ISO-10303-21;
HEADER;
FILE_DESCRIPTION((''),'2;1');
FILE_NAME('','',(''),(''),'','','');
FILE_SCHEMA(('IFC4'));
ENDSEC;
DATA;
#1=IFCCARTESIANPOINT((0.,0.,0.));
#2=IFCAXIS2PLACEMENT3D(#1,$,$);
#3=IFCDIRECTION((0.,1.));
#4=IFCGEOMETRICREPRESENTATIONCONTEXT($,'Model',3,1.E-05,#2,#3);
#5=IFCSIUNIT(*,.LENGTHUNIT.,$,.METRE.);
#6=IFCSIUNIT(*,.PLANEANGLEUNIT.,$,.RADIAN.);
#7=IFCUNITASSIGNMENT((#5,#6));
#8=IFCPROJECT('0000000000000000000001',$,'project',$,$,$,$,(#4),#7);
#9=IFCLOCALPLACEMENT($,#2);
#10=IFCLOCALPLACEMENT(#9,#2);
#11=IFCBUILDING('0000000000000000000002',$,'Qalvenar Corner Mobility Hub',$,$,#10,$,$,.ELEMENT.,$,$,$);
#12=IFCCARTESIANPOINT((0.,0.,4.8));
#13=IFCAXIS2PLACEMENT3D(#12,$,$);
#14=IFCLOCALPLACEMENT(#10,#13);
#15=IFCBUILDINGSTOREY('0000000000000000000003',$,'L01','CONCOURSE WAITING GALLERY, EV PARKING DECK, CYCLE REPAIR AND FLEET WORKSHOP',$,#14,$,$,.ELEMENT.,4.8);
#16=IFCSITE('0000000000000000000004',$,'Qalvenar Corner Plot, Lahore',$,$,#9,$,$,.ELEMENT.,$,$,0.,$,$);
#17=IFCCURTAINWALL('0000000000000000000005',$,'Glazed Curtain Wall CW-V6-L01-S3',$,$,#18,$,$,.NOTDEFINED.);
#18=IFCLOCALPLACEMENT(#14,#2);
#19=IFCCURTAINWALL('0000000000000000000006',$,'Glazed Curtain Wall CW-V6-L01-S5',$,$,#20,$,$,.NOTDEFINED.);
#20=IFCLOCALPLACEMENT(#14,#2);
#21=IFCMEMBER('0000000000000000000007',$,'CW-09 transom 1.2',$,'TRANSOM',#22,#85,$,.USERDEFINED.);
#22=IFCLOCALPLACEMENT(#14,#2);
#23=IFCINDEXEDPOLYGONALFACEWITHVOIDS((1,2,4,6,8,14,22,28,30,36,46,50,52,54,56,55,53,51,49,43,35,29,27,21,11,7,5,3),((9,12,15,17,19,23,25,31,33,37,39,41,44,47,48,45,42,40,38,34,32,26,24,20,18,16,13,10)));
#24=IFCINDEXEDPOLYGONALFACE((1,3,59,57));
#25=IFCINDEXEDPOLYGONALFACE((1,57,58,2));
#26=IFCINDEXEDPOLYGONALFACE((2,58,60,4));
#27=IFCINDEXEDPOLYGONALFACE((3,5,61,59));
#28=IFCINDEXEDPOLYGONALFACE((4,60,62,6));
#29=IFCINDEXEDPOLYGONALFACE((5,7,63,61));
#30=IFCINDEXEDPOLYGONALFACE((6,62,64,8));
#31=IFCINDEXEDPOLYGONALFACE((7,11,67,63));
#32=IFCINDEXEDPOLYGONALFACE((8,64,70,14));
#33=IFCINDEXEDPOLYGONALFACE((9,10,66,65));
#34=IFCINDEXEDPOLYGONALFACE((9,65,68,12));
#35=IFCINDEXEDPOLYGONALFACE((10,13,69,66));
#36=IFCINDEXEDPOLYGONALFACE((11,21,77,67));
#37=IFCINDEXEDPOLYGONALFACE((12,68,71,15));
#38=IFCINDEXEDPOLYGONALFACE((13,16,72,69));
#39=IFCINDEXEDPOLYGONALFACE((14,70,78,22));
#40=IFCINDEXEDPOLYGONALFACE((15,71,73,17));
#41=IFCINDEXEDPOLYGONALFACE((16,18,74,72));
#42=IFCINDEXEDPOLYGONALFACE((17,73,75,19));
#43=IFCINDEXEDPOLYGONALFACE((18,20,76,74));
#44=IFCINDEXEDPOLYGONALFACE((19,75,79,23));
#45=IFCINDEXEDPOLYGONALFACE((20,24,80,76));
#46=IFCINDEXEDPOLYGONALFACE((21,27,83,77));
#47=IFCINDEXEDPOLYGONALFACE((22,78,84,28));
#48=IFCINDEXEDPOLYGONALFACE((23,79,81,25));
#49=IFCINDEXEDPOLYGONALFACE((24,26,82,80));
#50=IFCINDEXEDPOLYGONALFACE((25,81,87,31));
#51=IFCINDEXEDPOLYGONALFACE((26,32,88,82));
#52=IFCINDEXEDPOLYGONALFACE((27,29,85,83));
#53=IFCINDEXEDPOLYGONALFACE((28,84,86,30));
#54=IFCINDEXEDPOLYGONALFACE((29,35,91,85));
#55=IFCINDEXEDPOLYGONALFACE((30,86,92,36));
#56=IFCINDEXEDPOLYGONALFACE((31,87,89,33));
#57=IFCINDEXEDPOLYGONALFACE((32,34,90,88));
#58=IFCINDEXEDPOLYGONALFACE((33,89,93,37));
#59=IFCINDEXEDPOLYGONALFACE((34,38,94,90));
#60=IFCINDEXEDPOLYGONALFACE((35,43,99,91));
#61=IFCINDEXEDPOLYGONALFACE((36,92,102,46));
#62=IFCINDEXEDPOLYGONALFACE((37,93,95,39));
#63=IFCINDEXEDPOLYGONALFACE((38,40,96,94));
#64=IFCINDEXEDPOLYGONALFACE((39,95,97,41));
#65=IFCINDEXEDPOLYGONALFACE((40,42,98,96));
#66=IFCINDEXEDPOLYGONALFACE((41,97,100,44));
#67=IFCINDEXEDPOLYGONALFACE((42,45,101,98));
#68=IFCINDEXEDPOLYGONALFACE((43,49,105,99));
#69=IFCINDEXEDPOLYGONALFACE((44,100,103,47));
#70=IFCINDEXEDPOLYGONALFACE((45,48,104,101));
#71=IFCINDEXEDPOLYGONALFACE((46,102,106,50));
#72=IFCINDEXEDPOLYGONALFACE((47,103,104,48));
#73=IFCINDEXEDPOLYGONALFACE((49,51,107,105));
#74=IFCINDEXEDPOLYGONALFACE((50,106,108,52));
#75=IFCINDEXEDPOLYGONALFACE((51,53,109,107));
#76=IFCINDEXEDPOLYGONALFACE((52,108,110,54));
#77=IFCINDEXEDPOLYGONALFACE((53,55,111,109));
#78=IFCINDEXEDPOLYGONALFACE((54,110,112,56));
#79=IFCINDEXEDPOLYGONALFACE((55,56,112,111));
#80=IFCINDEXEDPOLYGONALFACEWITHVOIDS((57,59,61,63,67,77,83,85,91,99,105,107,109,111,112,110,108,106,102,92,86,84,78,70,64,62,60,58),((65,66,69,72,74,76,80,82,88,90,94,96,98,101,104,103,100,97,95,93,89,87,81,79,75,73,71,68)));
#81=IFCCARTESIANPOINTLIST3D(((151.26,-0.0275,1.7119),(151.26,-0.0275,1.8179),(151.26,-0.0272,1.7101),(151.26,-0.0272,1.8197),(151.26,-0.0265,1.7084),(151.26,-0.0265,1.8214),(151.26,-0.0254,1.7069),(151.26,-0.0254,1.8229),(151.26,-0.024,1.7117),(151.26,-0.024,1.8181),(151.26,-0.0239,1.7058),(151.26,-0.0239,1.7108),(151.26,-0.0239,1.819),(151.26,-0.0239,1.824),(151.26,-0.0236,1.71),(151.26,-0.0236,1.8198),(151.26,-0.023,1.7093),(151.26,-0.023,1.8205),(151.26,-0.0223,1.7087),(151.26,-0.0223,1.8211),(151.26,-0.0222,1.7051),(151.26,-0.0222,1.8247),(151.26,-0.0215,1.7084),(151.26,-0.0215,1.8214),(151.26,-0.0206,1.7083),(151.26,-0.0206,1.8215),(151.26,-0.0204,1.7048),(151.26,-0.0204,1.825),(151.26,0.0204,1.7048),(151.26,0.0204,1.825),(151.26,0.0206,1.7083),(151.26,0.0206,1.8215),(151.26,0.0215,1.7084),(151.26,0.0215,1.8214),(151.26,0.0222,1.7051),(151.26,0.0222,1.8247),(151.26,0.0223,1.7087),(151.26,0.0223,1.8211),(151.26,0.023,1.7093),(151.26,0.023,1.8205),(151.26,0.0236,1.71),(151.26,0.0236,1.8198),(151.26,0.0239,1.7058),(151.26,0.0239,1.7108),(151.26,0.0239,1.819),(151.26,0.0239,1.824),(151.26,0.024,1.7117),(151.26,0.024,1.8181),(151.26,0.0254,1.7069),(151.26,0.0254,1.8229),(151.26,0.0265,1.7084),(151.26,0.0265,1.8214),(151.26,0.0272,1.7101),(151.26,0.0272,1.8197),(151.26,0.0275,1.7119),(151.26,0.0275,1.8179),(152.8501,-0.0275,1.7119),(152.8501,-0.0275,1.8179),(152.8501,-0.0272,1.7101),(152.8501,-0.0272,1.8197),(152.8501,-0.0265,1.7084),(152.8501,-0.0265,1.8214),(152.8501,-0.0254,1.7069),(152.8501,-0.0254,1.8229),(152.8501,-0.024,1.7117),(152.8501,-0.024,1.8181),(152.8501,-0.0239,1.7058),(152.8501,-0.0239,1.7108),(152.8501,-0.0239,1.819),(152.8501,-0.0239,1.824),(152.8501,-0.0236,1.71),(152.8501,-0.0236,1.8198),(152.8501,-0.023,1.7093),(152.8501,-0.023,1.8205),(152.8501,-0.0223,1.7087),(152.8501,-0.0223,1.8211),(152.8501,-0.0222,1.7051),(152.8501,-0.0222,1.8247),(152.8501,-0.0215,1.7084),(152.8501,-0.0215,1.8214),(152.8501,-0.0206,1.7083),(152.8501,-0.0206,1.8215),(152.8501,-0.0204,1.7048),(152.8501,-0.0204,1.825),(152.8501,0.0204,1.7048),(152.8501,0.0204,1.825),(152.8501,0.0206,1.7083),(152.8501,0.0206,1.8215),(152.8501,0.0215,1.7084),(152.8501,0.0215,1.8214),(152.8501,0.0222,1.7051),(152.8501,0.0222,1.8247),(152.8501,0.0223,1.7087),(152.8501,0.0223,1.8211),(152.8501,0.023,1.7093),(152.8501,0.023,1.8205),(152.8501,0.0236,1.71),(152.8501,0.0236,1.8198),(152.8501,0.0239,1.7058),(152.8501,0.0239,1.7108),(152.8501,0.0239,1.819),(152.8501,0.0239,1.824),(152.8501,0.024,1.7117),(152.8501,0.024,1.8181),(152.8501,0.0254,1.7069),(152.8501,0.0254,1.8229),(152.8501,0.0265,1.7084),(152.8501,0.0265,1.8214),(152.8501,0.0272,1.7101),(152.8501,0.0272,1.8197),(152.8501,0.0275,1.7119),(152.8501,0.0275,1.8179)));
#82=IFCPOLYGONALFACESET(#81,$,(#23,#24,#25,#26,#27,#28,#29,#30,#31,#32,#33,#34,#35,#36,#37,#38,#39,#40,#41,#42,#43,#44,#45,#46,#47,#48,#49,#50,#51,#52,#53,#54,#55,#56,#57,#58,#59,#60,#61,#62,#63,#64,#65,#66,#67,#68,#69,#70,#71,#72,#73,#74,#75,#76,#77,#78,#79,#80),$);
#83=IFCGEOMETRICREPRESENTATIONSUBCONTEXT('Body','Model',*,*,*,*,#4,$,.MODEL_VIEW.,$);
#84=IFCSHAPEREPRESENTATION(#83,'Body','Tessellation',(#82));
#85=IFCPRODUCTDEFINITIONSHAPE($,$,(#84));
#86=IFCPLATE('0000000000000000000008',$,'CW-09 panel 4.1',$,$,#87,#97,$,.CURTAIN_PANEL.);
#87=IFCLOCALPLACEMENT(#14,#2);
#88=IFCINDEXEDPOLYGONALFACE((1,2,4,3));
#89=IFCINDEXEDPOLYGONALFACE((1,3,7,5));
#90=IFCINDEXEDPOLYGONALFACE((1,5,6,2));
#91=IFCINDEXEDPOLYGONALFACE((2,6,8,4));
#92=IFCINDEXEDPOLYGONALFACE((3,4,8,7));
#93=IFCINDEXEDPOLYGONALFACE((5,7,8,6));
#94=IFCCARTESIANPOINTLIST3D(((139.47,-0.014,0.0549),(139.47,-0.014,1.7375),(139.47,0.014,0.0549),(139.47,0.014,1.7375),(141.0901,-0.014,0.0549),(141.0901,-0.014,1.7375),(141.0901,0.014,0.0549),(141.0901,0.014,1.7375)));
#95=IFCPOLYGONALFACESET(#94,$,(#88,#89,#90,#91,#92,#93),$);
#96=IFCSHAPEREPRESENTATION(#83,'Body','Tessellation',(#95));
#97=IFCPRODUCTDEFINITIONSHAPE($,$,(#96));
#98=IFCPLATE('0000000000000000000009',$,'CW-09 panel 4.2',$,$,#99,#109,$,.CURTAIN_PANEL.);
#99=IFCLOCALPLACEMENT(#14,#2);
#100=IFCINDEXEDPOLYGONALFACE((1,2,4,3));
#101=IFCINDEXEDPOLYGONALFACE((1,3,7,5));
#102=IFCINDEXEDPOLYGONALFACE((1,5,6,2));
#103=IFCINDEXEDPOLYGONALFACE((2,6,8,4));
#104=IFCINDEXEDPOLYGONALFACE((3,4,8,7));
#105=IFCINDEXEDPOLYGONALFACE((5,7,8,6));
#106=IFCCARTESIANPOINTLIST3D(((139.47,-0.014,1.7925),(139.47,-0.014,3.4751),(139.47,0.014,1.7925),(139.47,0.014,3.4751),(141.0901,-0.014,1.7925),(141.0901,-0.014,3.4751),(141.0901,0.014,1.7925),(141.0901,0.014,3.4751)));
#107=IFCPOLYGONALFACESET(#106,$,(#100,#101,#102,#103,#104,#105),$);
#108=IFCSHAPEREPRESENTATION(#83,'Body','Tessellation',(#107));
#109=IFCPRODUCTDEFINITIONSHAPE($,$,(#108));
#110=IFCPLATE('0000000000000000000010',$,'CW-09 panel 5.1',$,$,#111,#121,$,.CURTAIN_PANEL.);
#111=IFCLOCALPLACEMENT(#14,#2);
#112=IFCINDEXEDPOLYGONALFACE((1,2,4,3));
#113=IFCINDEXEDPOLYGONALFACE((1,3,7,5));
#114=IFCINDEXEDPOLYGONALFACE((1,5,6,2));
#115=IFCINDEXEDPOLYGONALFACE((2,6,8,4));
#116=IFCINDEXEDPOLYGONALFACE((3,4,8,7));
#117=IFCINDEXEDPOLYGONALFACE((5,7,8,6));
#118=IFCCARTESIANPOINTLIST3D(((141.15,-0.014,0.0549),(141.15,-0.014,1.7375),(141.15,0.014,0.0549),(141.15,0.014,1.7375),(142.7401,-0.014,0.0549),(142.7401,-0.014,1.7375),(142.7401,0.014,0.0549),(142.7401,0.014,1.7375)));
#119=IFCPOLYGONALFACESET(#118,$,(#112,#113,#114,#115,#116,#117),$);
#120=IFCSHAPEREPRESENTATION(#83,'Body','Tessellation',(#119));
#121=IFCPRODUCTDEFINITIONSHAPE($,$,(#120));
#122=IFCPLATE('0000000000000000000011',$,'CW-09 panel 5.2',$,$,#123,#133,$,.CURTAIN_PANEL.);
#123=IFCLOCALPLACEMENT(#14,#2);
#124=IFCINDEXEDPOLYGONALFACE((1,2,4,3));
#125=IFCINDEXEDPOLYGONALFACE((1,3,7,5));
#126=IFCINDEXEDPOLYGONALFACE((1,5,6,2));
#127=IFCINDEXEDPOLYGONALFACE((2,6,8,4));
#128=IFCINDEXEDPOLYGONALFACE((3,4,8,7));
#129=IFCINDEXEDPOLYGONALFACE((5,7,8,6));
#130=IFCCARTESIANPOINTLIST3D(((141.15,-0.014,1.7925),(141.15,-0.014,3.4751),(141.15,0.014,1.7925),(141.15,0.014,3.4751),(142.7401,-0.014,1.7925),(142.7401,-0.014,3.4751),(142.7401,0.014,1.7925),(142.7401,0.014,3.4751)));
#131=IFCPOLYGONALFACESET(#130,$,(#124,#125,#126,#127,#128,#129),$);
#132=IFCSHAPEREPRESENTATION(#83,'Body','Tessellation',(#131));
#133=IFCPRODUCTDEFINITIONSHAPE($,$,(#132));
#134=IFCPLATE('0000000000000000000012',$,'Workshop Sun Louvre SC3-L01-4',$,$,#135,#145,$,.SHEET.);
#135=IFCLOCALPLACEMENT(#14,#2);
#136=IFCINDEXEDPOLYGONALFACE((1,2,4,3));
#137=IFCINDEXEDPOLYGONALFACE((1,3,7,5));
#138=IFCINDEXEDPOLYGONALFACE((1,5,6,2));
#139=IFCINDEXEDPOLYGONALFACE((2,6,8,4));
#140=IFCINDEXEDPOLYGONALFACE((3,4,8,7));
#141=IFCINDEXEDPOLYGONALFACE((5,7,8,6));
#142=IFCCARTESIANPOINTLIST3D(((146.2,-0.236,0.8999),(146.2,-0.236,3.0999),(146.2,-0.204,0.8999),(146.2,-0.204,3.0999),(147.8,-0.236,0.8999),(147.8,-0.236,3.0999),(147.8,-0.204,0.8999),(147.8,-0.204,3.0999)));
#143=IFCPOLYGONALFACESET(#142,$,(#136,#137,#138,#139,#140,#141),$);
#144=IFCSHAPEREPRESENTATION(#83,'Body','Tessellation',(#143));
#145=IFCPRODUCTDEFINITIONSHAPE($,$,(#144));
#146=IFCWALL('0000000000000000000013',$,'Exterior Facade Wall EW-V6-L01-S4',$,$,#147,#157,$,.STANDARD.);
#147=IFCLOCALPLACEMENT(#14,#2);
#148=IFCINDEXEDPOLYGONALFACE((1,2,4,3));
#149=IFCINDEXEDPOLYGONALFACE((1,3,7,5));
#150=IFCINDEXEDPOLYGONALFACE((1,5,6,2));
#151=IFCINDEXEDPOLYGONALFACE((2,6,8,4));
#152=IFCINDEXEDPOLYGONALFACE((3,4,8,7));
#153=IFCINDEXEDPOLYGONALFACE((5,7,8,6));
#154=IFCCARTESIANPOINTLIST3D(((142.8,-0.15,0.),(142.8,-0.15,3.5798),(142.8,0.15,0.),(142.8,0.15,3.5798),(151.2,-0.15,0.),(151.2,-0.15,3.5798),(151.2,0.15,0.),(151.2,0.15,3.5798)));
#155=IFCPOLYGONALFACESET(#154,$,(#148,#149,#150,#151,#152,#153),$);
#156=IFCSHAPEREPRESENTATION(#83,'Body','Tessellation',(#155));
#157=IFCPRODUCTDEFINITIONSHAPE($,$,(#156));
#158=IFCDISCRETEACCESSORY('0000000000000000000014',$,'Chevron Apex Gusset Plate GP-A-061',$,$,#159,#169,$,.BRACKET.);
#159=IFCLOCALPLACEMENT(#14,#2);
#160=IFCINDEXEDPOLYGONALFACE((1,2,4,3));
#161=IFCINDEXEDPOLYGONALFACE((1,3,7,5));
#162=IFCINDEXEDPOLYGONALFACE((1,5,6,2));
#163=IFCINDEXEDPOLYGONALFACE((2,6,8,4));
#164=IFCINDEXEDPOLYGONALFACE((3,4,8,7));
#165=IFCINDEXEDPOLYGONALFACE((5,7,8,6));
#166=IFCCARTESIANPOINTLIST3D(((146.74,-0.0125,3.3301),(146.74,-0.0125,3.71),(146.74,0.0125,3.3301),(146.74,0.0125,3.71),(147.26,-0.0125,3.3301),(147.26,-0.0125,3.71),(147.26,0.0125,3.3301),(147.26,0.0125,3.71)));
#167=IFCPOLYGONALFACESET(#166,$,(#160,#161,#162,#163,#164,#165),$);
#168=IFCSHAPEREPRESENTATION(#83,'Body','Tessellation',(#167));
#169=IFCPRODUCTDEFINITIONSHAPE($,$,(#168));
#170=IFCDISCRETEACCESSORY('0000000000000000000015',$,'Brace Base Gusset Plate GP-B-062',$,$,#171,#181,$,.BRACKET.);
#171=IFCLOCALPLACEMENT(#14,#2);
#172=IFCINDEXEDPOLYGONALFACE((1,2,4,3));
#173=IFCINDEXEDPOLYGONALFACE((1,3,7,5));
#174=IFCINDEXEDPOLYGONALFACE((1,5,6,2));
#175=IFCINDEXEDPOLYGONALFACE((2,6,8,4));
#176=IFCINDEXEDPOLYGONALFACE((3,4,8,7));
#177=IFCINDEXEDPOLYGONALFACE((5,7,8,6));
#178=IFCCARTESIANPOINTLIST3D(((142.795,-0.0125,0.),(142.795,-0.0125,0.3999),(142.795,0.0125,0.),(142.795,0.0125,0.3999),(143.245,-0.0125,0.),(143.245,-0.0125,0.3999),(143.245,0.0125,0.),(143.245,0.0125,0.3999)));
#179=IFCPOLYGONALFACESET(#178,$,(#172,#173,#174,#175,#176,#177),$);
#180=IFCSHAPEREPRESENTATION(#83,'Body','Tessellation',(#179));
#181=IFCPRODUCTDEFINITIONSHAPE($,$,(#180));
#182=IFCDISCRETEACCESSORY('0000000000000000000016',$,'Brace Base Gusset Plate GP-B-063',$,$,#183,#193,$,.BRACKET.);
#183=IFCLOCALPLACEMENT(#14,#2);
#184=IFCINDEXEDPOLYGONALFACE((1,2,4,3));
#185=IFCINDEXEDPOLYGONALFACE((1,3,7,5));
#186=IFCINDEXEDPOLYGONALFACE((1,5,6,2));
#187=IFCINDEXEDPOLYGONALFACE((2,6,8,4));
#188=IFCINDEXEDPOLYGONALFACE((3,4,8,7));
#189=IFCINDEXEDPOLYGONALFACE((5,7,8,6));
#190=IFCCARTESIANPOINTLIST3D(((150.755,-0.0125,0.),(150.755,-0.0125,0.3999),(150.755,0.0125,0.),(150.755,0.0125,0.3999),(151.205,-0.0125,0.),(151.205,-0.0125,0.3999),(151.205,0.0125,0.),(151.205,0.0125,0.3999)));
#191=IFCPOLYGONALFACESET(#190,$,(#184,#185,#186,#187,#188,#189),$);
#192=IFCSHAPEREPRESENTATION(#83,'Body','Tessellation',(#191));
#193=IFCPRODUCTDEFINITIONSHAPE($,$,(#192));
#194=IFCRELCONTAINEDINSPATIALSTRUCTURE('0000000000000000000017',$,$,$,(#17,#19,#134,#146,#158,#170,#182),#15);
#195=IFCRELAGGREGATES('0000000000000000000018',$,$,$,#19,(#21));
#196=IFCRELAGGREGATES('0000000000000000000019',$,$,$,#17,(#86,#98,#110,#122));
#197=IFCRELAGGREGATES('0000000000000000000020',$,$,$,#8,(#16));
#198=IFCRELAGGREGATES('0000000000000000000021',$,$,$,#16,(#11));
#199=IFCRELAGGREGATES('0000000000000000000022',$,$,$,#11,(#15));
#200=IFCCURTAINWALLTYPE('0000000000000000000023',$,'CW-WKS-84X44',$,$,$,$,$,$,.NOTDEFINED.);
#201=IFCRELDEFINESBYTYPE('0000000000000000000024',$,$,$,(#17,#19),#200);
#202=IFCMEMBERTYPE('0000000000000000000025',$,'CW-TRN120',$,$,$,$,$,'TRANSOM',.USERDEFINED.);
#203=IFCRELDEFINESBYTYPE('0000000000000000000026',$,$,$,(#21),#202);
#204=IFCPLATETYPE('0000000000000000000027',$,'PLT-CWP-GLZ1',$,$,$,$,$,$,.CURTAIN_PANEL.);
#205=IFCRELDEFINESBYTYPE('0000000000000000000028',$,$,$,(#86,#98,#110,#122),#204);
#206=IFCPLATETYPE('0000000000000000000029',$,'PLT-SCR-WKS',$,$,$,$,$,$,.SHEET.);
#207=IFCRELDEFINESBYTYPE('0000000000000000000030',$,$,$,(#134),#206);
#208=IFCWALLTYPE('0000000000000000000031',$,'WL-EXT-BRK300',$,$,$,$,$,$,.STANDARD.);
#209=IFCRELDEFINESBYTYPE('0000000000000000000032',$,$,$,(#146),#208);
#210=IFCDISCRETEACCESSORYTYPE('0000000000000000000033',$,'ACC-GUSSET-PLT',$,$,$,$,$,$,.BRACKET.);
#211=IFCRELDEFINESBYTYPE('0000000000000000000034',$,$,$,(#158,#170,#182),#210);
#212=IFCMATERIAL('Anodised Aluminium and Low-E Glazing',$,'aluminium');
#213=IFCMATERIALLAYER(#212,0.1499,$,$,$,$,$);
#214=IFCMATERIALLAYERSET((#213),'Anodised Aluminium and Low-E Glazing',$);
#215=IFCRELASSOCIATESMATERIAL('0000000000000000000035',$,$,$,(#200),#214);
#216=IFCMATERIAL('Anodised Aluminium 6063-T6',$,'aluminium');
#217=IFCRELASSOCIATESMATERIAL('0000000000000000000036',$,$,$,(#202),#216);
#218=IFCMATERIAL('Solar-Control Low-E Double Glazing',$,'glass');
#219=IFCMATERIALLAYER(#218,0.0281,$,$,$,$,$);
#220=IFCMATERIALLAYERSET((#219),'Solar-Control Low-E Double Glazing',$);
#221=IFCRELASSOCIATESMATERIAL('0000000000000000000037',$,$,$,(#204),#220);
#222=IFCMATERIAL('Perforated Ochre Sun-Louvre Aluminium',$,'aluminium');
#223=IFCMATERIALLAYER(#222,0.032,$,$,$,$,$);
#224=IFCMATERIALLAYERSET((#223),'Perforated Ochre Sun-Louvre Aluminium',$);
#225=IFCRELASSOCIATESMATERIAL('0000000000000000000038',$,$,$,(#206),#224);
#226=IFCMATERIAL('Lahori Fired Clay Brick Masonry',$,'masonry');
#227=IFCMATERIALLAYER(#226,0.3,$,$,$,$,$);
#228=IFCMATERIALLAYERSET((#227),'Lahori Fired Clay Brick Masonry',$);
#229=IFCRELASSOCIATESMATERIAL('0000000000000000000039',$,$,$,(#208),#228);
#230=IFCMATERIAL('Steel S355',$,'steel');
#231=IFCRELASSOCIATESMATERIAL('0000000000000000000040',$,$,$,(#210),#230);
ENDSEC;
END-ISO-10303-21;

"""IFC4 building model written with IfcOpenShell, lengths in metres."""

from ifc_helpers import new_model, si_unit, direction, frame, frame_2d, origin, origin_2d, place, context, subcontext, project, spatial, rectangle, hollow_rectangle, extrude, material, layer, layer_set, material_profile, profile_set, type_object, element, aggregate, save


model = new_model("IFC4")

# Units and contexts
model_context = context("Model", 3, precision=1e-05, world=origin(), true_north=direction((0.0, 1.0)))
body_context = subcontext(model_context, "Body", "Model", "MODEL_VIEW")
ifc_project = project(units=[si_unit("LENGTHUNIT", "METRE"), si_unit("PLANEANGLEUNIT", "RADIAN")], contexts=[model_context])

# Site, building, storey
site_placement = place(None, origin())
site = spatial("IfcSite", under=ifc_project, at=site_placement, Name="Qalvenar Corner Plot, Lahore", CompositionType="ELEMENT", RefElevation=0.0)
building_placement = place(site_placement, origin())
building = spatial("IfcBuilding", under=site, at=building_placement, Name="Qalvenar Corner Mobility Hub", CompositionType="ELEMENT")
storey_placement = place(building_placement, frame((0.0, 0.0, 4.8)))
storey = spatial("IfcBuildingStorey", under=building, at=storey_placement, Name="L01", Description="CONCOURSE WAITING GALLERY, EV PARKING DECK, CYCLE REPAIR AND FLEET WORKSHOP", CompositionType="ELEMENT", Elevation=4.8)

# Shared definitions
ifc_material_1 = material(Name="Steel S355", Category="steel")

# Curtain wall
ifc_material_2 = material(Name="Anodised Aluminium and Low-E Glazing", Category="aluminium")
ifc_layer_1 = layer(ifc_material_2, 0.1499)
ifc_layer_set_1 = layer_set([ifc_layer_1], Name="Anodised Aluminium and Low-E Glazing")
curtain_wall_type = type_object("IfcCurtainWallType", Name="CW-WKS-84X44", PredefinedType="NOTDEFINED", material=ifc_layer_set_1)
curtain_wall_1_placement = place(storey_placement, origin())
curtain_wall_1 = element("IfcCurtainWall", 1, at=curtain_wall_1_placement, inside=storey, type_object=curtain_wall_type, Name="Glazed Curtain Wall CW-V6-L01-S3", PredefinedType="NOTDEFINED")
ifc_material_3 = material(Name="Anodised Aluminium 6063-T6", Category="aluminium")

# Curtain wall
curtain_wall_2_placement = place(storey_placement, origin())
curtain_wall_2 = element("IfcCurtainWall", 2, at=curtain_wall_2_placement, inside=storey, type_object=curtain_wall_type, Name="Glazed Curtain Wall CW-V6-L01-S5", PredefinedType="NOTDEFINED")

# Member
ifc_material_profile_1 = material_profile(ifc_material_3, hollow_rectangle(XDim=0.0549, YDim=0.1201, WallThickness=0.0034, InnerFilletRadius=0.0034, OuterFilletRadius=0.0071, at=origin_2d()), Name="RHS120x55x3.5")
ifc_profile_set_1 = profile_set([ifc_material_profile_1], Name="Anodised Aluminium 6063-T6")
member_type_1 = type_object("IfcMemberType", Name="CW-TRN120", ElementType="TRANSOM", PredefinedType="USERDEFINED", material=ifc_profile_set_1)
member_1_placement = place(storey_placement, frame((151.26, 0.0, 1.7649), z_axis=(1.0, 0.0, 0.0), x_axis=(0.0, 1.0, 0.0)))
member_1 = element("IfcMember", 3, at=member_1_placement, type_object=member_type_1, Name="CW-09 transom 1.2", ObjectType="TRANSOM", PredefinedType="USERDEFINED", context=body_context, shape_type="SweptSolid", body=[
    extrude(hollow_rectangle(XDim=0.0549, YDim=0.1201, WallThickness=0.0034, InnerFilletRadius=0.0034, OuterFilletRadius=0.0071, at=origin_2d()), origin(), (0.0, 0.0, 1.0), 1.5901),
])
aggregate(curtain_wall_2, [member_1])

# Plates
ifc_material_4 = material(Name="Solar-Control Low-E Double Glazing", Category="glass")
ifc_layer_2 = layer(ifc_material_4, 0.0281)
ifc_layer_set_2 = layer_set([ifc_layer_2], Name="Solar-Control Low-E Double Glazing")
plate_type_1 = type_object("IfcPlateType", Name="PLT-CWP-GLZ1", PredefinedType="CURTAIN_PANEL", material=ifc_layer_set_2)
plate_1_placement = place(storey_placement, frame((140.28, 0.0, 0.0549), z_axis=(0.0, 0.0, 1.0), x_axis=(1.0, 0.0, 0.0)))
plate_1 = element("IfcPlate", 4, at=plate_1_placement, type_object=plate_type_1, Name="CW-09 panel 4.1", PredefinedType="CURTAIN_PANEL", context=body_context, shape_type="SweptSolid", body=[
    extrude(rectangle(XDim=1.6201, YDim=0.0281, at=origin_2d()), origin(), (0.0, 0.0, 1.0), 1.6826),
])
plate_2_placement = place(storey_placement, frame((140.28, 0.0, 1.7925), z_axis=(0.0, 0.0, 1.0), x_axis=(1.0, 0.0, 0.0)))
plate_2 = element("IfcPlate", 5, at=plate_2_placement, type_object=plate_type_1, Name="CW-09 panel 4.2", PredefinedType="CURTAIN_PANEL", context=body_context, shape_type="SweptSolid", body=[
    extrude(rectangle(XDim=1.6201, YDim=0.0281, at=origin_2d()), origin(), (0.0, 0.0, 1.0), 1.6826),
])
plate_3_placement = place(storey_placement, frame((141.9451, 0.0, 0.0549), z_axis=(0.0, 0.0, 1.0), x_axis=(1.0, 0.0, 0.0)))
plate_3 = element("IfcPlate", 6, at=plate_3_placement, type_object=plate_type_1, Name="CW-09 panel 5.1", PredefinedType="CURTAIN_PANEL", context=body_context, shape_type="SweptSolid", body=[
    extrude(rectangle(XDim=1.5901, YDim=0.0281, at=origin_2d()), origin(), (0.0, 0.0, 1.0), 1.6826),
])
plate_4_placement = place(storey_placement, frame((141.9451, 0.0, 1.7925), z_axis=(0.0, 0.0, 1.0), x_axis=(1.0, 0.0, 0.0)))
plate_4 = element("IfcPlate", 7, at=plate_4_placement, type_object=plate_type_1, Name="CW-09 panel 5.2", PredefinedType="CURTAIN_PANEL", context=body_context, shape_type="SweptSolid", body=[
    extrude(rectangle(XDim=1.5901, YDim=0.0281, at=origin_2d()), origin(), (0.0, 0.0, 1.0), 1.6826),
])
aggregate(curtain_wall_1, [plate_1, plate_2, plate_3, plate_4])
ifc_material_5 = material(Name="Perforated Ochre Sun-Louvre Aluminium", Category="aluminium")
ifc_layer_3 = layer(ifc_material_5, 0.032)
ifc_layer_set_3 = layer_set([ifc_layer_3], Name="Perforated Ochre Sun-Louvre Aluminium")
plate_type_2 = type_object("IfcPlateType", Name="PLT-SCR-WKS", PredefinedType="SHEET", material=ifc_layer_set_3)
plate_5_placement = place(storey_placement, frame((147.0, -0.22, 0.8999), z_axis=(0.0, 0.0, 1.0), x_axis=(1.0, 0.0, 0.0)))
element("IfcPlate", 8, at=plate_5_placement, inside=storey, type_object=plate_type_2, Name="Workshop Sun Louvre SC3-L01-4", PredefinedType="SHEET", context=body_context, shape_type="SweptSolid", body=[
    extrude(rectangle(XDim=1.6001, YDim=0.032, at=origin_2d()), origin(), (0.0, 0.0, 1.0), 2.2),
])

# Wall
ifc_material_6 = material(Name="Lahori Fired Clay Brick Masonry", Category="masonry")
ifc_layer_4 = layer(ifc_material_6, 0.3)
ifc_layer_set_4 = layer_set([ifc_layer_4], Name="Lahori Fired Clay Brick Masonry")
wall_type = type_object("IfcWallType", Name="WL-EXT-BRK300", PredefinedType="STANDARD", material=ifc_layer_set_4)
wall_placement = place(storey_placement, frame((142.8, 0.0, 0.0), z_axis=(0.0, 0.0, 1.0), x_axis=(1.0, 0.0, 0.0)))
element("IfcWall", 9, at=wall_placement, inside=storey, type_object=wall_type, Name="Exterior Facade Wall EW-V6-L01-S4", PredefinedType="STANDARD", context=body_context, shape_type="SweptSolid", body=[
    extrude(rectangle(XDim=8.3999, YDim=0.3, at=frame_2d((4.2, 0.0))), origin(), (0.0, 0.0, 1.0), 3.5798),
])

# Discrete accessories
discrete_accessory_type_1 = type_object("IfcDiscreteAccessoryType", Name="ACC-GUSSET-PLT", PredefinedType="BRACKET", material=ifc_material_1)
discrete_accessory_1_placement = place(storey_placement, frame((147.0, 0.0, 3.3301), z_axis=(0.0, 0.0, 1.0), x_axis=(1.0, 0.0, 0.0)))
element("IfcDiscreteAccessory", 10, at=discrete_accessory_1_placement, inside=storey, type_object=discrete_accessory_type_1, Name="Chevron Apex Gusset Plate GP-A-061", PredefinedType="BRACKET", context=body_context, shape_type="SweptSolid", body=[
    extrude(rectangle(XDim=0.52, YDim=0.0249, at=origin_2d()), origin(), (0.0, 0.0, 1.0), 0.3799),
])
for number, where, z_axis, x_axis, name in (
    (11, (143.02, 0.0, 0.0), (0.0, 0.0, 1.0), (1.0, 0.0, 0.0), "Brace Base Gusset Plate GP-B-062"),
    (12, (150.98, 0.0, 0.0), (0.0, 0.0, 1.0), (1.0, 0.0, 0.0), "Brace Base Gusset Plate GP-B-063"),
):
    element("IfcDiscreteAccessory", number, at=place(storey_placement, frame(where, z_axis=z_axis, x_axis=x_axis)), inside=storey, type_object=discrete_accessory_type_1, Name=name, PredefinedType="BRACKET", context=body_context, shape_type="SweptSolid", body=[
        extrude(rectangle(XDim=0.45, YDim=0.0249, at=origin_2d()), origin(), (0.0, 0.0, 1.0), 0.3999),
    ])

save(model, "model.ifc")
